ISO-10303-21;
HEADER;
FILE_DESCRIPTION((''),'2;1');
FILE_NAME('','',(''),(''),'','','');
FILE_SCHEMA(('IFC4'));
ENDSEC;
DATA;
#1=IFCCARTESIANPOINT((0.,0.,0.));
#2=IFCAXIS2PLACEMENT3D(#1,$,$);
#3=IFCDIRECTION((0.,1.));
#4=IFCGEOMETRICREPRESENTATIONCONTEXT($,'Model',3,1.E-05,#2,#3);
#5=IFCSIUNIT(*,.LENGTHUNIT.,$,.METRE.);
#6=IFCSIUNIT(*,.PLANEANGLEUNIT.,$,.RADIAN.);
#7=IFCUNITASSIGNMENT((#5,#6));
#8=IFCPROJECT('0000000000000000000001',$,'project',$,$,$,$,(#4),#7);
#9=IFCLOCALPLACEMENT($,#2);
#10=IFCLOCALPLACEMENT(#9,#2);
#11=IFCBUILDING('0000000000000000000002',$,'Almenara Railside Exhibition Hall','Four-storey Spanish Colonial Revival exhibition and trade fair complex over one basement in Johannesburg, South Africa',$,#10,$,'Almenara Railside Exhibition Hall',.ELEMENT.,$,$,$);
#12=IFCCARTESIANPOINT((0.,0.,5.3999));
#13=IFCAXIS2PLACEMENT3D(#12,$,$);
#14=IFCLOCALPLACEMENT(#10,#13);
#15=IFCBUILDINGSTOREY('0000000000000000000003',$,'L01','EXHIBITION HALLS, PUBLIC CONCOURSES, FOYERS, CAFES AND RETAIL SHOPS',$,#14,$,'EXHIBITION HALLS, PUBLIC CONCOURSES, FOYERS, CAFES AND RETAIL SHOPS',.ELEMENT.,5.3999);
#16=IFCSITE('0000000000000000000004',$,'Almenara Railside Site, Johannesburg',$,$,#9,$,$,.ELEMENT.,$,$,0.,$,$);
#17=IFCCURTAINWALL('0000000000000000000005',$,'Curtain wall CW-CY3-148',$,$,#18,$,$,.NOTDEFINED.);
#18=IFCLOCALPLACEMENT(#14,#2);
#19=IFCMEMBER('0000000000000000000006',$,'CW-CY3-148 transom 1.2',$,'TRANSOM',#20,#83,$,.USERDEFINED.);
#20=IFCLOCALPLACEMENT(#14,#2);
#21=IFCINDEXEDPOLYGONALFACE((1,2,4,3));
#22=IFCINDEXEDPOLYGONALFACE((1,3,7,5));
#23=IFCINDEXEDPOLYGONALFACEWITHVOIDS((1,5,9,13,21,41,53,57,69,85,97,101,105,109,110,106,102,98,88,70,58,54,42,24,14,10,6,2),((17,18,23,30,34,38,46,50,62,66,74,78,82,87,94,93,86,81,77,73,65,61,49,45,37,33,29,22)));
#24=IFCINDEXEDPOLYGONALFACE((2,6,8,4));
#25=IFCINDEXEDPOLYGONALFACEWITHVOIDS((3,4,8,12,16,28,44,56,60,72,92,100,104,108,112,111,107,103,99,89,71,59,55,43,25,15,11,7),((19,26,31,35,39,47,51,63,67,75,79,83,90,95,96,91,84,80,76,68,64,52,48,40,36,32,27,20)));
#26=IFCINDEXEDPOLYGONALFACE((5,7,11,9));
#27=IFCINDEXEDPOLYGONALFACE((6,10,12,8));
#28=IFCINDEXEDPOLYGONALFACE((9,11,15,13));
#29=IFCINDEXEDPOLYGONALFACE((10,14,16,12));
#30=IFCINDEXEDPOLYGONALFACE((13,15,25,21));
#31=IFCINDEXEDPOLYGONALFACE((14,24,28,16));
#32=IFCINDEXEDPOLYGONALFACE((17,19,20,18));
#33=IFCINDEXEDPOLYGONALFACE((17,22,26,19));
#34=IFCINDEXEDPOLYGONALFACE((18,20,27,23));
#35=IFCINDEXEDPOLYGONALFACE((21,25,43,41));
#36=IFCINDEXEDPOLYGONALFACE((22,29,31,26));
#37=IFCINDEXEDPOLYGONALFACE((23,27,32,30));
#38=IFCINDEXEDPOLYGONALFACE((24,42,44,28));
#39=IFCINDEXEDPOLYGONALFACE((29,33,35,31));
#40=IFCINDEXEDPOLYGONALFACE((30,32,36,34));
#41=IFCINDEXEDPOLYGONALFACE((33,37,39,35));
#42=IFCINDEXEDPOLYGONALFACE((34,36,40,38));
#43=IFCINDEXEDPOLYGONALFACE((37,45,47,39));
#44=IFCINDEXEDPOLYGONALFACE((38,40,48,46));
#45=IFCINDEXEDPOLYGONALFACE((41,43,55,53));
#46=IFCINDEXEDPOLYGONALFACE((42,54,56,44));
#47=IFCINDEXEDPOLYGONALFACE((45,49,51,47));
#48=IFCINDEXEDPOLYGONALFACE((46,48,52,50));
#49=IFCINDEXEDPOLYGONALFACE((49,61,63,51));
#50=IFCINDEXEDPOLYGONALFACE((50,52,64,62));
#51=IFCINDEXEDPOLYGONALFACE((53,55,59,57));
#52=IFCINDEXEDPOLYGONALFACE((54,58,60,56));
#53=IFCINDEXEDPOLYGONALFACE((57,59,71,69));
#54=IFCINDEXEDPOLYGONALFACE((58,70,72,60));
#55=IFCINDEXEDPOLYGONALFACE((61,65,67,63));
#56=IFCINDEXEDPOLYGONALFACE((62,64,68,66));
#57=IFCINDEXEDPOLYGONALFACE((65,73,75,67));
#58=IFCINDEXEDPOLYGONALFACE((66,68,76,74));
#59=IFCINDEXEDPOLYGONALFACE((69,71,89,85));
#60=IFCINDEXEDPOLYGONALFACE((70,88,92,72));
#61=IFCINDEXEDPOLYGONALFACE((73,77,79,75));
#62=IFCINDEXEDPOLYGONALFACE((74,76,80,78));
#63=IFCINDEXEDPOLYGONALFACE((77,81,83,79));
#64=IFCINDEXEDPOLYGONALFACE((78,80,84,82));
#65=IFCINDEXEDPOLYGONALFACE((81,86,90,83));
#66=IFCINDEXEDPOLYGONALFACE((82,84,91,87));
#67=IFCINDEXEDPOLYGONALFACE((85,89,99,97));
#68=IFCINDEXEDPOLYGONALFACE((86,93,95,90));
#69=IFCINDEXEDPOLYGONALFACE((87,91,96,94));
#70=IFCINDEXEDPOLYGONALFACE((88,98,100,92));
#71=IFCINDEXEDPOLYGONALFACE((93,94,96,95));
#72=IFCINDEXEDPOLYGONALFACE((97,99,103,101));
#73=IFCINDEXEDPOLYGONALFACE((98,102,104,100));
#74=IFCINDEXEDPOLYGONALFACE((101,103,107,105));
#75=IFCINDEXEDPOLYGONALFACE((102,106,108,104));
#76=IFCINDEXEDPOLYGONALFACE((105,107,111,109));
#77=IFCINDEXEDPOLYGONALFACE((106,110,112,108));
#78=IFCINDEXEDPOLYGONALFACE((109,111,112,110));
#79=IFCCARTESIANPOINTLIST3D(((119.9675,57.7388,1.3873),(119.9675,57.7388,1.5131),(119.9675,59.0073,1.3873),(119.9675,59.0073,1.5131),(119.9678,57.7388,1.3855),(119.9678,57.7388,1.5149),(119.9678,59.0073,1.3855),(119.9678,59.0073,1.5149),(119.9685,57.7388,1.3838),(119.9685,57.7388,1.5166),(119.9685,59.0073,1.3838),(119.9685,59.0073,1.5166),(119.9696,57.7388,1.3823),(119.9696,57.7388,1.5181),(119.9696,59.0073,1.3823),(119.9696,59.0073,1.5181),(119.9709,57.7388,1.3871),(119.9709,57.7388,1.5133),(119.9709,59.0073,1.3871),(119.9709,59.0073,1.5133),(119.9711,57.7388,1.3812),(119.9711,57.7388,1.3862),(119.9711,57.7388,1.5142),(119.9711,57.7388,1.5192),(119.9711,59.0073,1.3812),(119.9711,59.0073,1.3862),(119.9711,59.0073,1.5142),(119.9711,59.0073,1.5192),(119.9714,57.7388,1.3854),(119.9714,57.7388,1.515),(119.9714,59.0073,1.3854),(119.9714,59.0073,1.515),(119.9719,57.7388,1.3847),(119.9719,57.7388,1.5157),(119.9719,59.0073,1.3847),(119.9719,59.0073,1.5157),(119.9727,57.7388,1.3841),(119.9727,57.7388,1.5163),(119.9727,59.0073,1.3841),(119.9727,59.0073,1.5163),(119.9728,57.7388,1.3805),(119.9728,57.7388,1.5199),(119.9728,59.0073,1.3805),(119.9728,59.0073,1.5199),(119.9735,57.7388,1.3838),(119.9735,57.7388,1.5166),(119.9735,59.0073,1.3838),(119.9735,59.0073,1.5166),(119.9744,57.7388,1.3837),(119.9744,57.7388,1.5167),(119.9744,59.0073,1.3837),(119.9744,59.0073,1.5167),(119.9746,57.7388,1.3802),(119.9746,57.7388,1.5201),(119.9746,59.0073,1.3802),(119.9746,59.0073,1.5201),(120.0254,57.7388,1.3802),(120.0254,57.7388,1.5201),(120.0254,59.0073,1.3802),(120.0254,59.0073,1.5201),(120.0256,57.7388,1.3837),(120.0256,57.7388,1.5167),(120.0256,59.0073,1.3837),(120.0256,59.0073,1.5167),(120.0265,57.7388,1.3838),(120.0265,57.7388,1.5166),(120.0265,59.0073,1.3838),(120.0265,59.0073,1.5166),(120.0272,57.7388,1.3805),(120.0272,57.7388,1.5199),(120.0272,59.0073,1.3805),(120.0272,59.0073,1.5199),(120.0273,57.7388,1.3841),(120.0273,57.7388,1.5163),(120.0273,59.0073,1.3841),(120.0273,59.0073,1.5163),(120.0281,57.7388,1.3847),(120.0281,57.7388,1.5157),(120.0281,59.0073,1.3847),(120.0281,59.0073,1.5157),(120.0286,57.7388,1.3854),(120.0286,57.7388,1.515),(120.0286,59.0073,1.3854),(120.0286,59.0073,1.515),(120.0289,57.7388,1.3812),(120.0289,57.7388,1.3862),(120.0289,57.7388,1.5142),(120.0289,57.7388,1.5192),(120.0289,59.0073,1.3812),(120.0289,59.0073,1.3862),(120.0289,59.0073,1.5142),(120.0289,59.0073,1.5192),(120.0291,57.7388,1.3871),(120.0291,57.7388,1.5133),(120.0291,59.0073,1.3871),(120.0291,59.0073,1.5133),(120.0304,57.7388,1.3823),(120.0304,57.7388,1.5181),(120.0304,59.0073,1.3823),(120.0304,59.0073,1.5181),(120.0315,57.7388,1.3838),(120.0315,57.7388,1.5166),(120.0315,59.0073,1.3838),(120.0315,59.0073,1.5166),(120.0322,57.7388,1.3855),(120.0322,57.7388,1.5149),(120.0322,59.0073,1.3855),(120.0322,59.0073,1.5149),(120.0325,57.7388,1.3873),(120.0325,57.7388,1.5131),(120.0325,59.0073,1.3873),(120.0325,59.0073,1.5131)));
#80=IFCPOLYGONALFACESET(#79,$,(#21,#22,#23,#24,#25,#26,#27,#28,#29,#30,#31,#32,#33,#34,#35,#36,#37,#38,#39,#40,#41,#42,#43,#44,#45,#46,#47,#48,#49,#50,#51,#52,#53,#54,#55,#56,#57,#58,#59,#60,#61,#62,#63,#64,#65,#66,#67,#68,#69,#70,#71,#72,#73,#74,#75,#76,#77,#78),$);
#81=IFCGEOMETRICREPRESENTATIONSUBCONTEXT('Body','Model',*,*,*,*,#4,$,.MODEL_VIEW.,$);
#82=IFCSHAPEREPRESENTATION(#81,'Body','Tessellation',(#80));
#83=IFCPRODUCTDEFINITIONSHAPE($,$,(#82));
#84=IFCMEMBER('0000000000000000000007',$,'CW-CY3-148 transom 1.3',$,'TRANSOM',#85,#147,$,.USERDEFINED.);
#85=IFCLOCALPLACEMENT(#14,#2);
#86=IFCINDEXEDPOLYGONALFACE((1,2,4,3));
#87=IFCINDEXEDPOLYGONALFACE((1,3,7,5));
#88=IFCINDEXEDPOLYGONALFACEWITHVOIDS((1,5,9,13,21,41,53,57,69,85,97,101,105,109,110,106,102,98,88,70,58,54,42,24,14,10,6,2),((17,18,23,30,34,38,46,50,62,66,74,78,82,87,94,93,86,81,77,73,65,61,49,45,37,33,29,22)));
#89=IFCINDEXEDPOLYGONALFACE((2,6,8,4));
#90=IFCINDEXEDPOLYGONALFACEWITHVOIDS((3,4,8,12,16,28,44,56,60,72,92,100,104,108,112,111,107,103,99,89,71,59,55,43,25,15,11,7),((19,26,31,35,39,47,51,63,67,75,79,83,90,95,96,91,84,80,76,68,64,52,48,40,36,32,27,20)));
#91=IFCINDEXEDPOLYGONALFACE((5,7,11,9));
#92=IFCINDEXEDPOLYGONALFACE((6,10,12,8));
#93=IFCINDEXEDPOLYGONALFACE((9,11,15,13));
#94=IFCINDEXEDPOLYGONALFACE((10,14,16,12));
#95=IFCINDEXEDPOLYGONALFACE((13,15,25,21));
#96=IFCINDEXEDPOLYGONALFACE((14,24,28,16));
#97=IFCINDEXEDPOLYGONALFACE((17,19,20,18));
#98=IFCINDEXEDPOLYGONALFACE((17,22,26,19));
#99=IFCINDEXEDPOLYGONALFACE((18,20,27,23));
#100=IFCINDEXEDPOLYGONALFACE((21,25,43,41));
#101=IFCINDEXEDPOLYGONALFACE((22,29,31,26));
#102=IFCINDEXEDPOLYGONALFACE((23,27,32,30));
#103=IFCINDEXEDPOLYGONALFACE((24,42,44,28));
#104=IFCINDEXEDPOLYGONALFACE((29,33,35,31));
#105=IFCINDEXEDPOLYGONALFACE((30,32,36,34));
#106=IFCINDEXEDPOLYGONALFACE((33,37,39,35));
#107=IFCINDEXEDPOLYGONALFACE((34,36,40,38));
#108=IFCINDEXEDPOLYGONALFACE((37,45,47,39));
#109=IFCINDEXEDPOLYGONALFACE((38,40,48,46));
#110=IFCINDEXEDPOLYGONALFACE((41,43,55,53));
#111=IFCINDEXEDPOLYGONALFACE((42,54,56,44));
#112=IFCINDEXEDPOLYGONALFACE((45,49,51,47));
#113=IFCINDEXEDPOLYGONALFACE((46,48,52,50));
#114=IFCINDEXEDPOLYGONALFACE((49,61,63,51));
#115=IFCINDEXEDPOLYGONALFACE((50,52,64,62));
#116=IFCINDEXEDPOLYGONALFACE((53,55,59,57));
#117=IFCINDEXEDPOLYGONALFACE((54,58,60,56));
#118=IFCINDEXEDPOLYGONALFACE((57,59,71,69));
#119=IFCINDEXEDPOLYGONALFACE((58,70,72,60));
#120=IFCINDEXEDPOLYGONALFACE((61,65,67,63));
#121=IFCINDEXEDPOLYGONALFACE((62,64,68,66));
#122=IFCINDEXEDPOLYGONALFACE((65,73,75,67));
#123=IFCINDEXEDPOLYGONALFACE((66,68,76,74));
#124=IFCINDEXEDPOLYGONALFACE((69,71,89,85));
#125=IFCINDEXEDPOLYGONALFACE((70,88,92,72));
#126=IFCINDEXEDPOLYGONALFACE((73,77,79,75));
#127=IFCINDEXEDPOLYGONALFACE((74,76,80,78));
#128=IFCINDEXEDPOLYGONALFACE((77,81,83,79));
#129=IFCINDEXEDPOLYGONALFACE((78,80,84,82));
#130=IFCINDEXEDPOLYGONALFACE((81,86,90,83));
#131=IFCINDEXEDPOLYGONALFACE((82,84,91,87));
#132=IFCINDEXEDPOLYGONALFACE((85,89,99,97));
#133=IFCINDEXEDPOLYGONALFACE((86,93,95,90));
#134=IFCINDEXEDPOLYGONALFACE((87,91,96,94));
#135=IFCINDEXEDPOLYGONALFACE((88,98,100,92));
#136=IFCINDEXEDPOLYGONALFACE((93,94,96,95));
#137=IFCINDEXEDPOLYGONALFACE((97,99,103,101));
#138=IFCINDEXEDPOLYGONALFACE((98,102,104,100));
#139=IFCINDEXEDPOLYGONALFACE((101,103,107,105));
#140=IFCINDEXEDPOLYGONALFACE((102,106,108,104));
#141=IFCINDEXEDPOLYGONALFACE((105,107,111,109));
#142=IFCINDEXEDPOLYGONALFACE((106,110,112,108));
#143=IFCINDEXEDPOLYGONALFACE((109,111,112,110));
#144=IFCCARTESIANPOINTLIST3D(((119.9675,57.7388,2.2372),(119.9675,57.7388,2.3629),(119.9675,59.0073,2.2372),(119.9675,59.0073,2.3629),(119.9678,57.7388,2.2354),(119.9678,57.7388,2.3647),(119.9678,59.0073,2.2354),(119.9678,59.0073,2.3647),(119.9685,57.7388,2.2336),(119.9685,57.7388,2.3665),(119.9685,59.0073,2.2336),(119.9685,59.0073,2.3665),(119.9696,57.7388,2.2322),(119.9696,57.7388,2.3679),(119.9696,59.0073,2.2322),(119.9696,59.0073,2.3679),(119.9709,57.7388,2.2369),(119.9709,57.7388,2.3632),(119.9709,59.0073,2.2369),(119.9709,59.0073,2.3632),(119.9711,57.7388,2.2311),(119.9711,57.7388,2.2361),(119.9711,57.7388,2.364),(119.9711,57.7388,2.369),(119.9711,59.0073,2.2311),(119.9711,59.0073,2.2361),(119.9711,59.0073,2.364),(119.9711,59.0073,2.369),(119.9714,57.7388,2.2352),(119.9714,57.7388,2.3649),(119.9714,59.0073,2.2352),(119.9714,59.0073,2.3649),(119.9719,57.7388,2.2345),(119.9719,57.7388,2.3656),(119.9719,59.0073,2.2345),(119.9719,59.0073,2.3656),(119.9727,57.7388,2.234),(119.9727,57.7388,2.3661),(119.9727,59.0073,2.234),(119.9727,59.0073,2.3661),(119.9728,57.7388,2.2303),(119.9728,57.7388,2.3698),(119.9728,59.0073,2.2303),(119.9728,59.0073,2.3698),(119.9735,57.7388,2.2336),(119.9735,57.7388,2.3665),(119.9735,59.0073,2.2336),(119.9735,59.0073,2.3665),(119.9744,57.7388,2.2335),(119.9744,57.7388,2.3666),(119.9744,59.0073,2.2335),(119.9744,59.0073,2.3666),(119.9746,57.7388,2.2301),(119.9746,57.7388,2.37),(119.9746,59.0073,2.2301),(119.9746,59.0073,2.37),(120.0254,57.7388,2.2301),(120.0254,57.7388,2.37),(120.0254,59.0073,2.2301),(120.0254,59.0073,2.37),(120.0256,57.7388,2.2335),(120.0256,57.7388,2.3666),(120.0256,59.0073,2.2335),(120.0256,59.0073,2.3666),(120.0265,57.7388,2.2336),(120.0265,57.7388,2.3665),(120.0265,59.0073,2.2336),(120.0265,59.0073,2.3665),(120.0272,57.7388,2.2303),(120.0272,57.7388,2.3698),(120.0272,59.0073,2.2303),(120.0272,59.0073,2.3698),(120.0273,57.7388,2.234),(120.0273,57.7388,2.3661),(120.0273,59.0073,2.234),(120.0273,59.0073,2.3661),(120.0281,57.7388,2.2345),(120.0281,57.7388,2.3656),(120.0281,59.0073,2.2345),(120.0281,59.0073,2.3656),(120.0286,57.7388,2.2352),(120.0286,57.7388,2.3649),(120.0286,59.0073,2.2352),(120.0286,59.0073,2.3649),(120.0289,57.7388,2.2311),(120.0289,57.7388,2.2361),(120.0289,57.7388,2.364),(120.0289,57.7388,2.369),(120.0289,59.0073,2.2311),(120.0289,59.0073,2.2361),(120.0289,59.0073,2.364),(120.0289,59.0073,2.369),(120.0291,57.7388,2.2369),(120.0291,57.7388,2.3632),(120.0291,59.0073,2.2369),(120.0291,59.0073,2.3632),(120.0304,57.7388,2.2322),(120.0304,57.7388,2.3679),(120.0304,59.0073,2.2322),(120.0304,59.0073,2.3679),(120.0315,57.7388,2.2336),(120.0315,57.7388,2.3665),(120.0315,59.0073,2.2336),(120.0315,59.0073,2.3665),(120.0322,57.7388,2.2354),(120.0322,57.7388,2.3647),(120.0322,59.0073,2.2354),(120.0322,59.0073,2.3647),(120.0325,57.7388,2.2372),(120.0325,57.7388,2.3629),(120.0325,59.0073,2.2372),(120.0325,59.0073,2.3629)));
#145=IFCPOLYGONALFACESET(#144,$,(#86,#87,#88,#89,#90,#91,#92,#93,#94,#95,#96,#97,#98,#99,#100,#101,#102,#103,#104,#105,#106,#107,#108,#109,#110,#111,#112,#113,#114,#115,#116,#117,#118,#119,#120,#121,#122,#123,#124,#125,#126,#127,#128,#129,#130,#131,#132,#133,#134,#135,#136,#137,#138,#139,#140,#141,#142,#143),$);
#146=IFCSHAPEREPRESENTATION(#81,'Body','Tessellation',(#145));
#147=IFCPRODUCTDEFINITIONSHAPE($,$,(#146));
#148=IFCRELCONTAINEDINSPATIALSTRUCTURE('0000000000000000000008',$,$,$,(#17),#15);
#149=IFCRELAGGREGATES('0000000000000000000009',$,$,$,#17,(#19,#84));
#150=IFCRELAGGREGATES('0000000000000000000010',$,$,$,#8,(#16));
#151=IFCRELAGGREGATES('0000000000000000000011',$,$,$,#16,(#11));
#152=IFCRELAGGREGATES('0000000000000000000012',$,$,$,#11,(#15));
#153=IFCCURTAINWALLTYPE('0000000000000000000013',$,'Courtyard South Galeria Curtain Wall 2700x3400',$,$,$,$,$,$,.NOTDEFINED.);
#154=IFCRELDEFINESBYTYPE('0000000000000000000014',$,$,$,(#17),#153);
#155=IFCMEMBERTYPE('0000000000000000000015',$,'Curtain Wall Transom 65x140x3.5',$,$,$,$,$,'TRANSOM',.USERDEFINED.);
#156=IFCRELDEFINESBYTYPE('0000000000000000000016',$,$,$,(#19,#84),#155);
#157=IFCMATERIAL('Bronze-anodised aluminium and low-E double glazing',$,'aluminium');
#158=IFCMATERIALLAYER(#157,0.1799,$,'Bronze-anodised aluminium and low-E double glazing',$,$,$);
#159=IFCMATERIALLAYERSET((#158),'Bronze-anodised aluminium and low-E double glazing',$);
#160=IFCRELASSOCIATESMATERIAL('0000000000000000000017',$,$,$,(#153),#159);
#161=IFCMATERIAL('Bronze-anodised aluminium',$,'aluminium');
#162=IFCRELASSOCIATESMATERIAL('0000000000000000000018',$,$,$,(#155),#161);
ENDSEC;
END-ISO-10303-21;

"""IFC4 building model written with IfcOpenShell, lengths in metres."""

from ifc_helpers import new_model, si_unit, direction, frame, origin, origin_2d, place, context, subcontext, project, spatial, hollow_rectangle, extrude, material, layer, layer_set, material_profile, profile_set, type_object, element, aggregate, save


model = new_model("IFC4")

# Units and contexts
model_context = context("Model", 3, precision=1e-05, world=origin(), true_north=direction((0.0, 1.0)))
body_context = subcontext(model_context, "Body", "Model", "MODEL_VIEW")
ifc_project = project(units=[si_unit("LENGTHUNIT", "METRE"), si_unit("PLANEANGLEUNIT", "RADIAN")], contexts=[model_context])

# Site, building, storey
site_placement = place(None, origin())
site = spatial("IfcSite", under=ifc_project, at=site_placement, Name="Almenara Railside Site, Johannesburg", CompositionType="ELEMENT", RefElevation=0.0)
building_placement = place(site_placement, origin())
building = spatial("IfcBuilding", under=site, at=building_placement, Name="Almenara Railside Exhibition Hall", Description="Four-storey Spanish Colonial Revival exhibition and trade fair complex over one basement in Johannesburg, South Africa", LongName="Almenara Railside Exhibition Hall", CompositionType="ELEMENT")
storey_placement = place(building_placement, frame((0.0, 0.0, 5.3999)))
storey = spatial("IfcBuildingStorey", under=building, at=storey_placement, Name="L01", Description="EXHIBITION HALLS, PUBLIC CONCOURSES, FOYERS, CAFES AND RETAIL SHOPS", LongName="EXHIBITION HALLS, PUBLIC CONCOURSES, FOYERS, CAFES AND RETAIL SHOPS", CompositionType="ELEMENT", Elevation=5.3999)

# Curtain wall
ifc_material_1 = material(Name="Bronze-anodised aluminium and low-E double glazing", Category="aluminium")
ifc_layer_1 = layer(ifc_material_1, 0.1799, Name="Bronze-anodised aluminium and low-E double glazing")
ifc_layer_set_1 = layer_set([ifc_layer_1], Name="Bronze-anodised aluminium and low-E double glazing")
curtain_wall_type_1 = type_object("IfcCurtainWallType", Name="Courtyard South Galeria Curtain Wall 2700x3400", PredefinedType="NOTDEFINED", material=ifc_layer_set_1)
curtain_wall_1_placement = place(storey_placement, origin())
curtain_wall_1 = element("IfcCurtainWall", 1, at=curtain_wall_1_placement, inside=storey, type_object=curtain_wall_type_1, Name="Curtain wall CW-CY3-148", PredefinedType="NOTDEFINED")
ifc_material_2 = material(Name="Bronze-anodised aluminium", Category="aluminium")

# Members
ifc_material_profile_1 = material_profile(ifc_material_2, hollow_rectangle(XDim=0.0649, YDim=0.1399, WallThickness=0.0034, InnerFilletRadius=0.0034, OuterFilletRadius=0.0071, at=origin_2d()), Name="ALU-TRN 65x140x3.5")
ifc_profile_set_1 = profile_set([ifc_material_profile_1], Name="Bronze-anodised aluminium")
member_type_1 = type_object("IfcMemberType", Name="Curtain Wall Transom 65x140x3.5", ElementType="TRANSOM", PredefinedType="USERDEFINED", material=ifc_profile_set_1)
member_1_placement = place(storey_placement, frame((120.0, 57.7388, 1.4502), z_axis=(0.0, 1.0, 0.0), x_axis=(-1.0, 0.0, 0.0)))
member_1 = element("IfcMember", 2, at=member_1_placement, type_object=member_type_1, Name="CW-CY3-148 transom 1.2", ObjectType="TRANSOM", PredefinedType="USERDEFINED", context=body_context, shape_type="SweptSolid", body=[
    extrude(hollow_rectangle(XDim=0.0649, YDim=0.1399, WallThickness=0.0034, InnerFilletRadius=0.0034, OuterFilletRadius=0.0071, at=origin_2d()), origin(), (0.0, 0.0, 1.0), 1.2686),
])
member_2_placement = place(storey_placement, frame((120.0, 57.7388, 2.3), z_axis=(0.0, 1.0, 0.0), x_axis=(-1.0, 0.0, 0.0)))
member_2 = element("IfcMember", 3, at=member_2_placement, type_object=member_type_1, Name="CW-CY3-148 transom 1.3", ObjectType="TRANSOM", PredefinedType="USERDEFINED", context=body_context, shape_type="SweptSolid", body=[
    extrude(hollow_rectangle(XDim=0.0649, YDim=0.1399, WallThickness=0.0034, InnerFilletRadius=0.0034, OuterFilletRadius=0.0071, at=origin_2d()), origin(), (0.0, 0.0, 1.0), 1.2686),
])

aggregate(curtain_wall_1, [member_1, member_2])

save(model, "model.ifc")
